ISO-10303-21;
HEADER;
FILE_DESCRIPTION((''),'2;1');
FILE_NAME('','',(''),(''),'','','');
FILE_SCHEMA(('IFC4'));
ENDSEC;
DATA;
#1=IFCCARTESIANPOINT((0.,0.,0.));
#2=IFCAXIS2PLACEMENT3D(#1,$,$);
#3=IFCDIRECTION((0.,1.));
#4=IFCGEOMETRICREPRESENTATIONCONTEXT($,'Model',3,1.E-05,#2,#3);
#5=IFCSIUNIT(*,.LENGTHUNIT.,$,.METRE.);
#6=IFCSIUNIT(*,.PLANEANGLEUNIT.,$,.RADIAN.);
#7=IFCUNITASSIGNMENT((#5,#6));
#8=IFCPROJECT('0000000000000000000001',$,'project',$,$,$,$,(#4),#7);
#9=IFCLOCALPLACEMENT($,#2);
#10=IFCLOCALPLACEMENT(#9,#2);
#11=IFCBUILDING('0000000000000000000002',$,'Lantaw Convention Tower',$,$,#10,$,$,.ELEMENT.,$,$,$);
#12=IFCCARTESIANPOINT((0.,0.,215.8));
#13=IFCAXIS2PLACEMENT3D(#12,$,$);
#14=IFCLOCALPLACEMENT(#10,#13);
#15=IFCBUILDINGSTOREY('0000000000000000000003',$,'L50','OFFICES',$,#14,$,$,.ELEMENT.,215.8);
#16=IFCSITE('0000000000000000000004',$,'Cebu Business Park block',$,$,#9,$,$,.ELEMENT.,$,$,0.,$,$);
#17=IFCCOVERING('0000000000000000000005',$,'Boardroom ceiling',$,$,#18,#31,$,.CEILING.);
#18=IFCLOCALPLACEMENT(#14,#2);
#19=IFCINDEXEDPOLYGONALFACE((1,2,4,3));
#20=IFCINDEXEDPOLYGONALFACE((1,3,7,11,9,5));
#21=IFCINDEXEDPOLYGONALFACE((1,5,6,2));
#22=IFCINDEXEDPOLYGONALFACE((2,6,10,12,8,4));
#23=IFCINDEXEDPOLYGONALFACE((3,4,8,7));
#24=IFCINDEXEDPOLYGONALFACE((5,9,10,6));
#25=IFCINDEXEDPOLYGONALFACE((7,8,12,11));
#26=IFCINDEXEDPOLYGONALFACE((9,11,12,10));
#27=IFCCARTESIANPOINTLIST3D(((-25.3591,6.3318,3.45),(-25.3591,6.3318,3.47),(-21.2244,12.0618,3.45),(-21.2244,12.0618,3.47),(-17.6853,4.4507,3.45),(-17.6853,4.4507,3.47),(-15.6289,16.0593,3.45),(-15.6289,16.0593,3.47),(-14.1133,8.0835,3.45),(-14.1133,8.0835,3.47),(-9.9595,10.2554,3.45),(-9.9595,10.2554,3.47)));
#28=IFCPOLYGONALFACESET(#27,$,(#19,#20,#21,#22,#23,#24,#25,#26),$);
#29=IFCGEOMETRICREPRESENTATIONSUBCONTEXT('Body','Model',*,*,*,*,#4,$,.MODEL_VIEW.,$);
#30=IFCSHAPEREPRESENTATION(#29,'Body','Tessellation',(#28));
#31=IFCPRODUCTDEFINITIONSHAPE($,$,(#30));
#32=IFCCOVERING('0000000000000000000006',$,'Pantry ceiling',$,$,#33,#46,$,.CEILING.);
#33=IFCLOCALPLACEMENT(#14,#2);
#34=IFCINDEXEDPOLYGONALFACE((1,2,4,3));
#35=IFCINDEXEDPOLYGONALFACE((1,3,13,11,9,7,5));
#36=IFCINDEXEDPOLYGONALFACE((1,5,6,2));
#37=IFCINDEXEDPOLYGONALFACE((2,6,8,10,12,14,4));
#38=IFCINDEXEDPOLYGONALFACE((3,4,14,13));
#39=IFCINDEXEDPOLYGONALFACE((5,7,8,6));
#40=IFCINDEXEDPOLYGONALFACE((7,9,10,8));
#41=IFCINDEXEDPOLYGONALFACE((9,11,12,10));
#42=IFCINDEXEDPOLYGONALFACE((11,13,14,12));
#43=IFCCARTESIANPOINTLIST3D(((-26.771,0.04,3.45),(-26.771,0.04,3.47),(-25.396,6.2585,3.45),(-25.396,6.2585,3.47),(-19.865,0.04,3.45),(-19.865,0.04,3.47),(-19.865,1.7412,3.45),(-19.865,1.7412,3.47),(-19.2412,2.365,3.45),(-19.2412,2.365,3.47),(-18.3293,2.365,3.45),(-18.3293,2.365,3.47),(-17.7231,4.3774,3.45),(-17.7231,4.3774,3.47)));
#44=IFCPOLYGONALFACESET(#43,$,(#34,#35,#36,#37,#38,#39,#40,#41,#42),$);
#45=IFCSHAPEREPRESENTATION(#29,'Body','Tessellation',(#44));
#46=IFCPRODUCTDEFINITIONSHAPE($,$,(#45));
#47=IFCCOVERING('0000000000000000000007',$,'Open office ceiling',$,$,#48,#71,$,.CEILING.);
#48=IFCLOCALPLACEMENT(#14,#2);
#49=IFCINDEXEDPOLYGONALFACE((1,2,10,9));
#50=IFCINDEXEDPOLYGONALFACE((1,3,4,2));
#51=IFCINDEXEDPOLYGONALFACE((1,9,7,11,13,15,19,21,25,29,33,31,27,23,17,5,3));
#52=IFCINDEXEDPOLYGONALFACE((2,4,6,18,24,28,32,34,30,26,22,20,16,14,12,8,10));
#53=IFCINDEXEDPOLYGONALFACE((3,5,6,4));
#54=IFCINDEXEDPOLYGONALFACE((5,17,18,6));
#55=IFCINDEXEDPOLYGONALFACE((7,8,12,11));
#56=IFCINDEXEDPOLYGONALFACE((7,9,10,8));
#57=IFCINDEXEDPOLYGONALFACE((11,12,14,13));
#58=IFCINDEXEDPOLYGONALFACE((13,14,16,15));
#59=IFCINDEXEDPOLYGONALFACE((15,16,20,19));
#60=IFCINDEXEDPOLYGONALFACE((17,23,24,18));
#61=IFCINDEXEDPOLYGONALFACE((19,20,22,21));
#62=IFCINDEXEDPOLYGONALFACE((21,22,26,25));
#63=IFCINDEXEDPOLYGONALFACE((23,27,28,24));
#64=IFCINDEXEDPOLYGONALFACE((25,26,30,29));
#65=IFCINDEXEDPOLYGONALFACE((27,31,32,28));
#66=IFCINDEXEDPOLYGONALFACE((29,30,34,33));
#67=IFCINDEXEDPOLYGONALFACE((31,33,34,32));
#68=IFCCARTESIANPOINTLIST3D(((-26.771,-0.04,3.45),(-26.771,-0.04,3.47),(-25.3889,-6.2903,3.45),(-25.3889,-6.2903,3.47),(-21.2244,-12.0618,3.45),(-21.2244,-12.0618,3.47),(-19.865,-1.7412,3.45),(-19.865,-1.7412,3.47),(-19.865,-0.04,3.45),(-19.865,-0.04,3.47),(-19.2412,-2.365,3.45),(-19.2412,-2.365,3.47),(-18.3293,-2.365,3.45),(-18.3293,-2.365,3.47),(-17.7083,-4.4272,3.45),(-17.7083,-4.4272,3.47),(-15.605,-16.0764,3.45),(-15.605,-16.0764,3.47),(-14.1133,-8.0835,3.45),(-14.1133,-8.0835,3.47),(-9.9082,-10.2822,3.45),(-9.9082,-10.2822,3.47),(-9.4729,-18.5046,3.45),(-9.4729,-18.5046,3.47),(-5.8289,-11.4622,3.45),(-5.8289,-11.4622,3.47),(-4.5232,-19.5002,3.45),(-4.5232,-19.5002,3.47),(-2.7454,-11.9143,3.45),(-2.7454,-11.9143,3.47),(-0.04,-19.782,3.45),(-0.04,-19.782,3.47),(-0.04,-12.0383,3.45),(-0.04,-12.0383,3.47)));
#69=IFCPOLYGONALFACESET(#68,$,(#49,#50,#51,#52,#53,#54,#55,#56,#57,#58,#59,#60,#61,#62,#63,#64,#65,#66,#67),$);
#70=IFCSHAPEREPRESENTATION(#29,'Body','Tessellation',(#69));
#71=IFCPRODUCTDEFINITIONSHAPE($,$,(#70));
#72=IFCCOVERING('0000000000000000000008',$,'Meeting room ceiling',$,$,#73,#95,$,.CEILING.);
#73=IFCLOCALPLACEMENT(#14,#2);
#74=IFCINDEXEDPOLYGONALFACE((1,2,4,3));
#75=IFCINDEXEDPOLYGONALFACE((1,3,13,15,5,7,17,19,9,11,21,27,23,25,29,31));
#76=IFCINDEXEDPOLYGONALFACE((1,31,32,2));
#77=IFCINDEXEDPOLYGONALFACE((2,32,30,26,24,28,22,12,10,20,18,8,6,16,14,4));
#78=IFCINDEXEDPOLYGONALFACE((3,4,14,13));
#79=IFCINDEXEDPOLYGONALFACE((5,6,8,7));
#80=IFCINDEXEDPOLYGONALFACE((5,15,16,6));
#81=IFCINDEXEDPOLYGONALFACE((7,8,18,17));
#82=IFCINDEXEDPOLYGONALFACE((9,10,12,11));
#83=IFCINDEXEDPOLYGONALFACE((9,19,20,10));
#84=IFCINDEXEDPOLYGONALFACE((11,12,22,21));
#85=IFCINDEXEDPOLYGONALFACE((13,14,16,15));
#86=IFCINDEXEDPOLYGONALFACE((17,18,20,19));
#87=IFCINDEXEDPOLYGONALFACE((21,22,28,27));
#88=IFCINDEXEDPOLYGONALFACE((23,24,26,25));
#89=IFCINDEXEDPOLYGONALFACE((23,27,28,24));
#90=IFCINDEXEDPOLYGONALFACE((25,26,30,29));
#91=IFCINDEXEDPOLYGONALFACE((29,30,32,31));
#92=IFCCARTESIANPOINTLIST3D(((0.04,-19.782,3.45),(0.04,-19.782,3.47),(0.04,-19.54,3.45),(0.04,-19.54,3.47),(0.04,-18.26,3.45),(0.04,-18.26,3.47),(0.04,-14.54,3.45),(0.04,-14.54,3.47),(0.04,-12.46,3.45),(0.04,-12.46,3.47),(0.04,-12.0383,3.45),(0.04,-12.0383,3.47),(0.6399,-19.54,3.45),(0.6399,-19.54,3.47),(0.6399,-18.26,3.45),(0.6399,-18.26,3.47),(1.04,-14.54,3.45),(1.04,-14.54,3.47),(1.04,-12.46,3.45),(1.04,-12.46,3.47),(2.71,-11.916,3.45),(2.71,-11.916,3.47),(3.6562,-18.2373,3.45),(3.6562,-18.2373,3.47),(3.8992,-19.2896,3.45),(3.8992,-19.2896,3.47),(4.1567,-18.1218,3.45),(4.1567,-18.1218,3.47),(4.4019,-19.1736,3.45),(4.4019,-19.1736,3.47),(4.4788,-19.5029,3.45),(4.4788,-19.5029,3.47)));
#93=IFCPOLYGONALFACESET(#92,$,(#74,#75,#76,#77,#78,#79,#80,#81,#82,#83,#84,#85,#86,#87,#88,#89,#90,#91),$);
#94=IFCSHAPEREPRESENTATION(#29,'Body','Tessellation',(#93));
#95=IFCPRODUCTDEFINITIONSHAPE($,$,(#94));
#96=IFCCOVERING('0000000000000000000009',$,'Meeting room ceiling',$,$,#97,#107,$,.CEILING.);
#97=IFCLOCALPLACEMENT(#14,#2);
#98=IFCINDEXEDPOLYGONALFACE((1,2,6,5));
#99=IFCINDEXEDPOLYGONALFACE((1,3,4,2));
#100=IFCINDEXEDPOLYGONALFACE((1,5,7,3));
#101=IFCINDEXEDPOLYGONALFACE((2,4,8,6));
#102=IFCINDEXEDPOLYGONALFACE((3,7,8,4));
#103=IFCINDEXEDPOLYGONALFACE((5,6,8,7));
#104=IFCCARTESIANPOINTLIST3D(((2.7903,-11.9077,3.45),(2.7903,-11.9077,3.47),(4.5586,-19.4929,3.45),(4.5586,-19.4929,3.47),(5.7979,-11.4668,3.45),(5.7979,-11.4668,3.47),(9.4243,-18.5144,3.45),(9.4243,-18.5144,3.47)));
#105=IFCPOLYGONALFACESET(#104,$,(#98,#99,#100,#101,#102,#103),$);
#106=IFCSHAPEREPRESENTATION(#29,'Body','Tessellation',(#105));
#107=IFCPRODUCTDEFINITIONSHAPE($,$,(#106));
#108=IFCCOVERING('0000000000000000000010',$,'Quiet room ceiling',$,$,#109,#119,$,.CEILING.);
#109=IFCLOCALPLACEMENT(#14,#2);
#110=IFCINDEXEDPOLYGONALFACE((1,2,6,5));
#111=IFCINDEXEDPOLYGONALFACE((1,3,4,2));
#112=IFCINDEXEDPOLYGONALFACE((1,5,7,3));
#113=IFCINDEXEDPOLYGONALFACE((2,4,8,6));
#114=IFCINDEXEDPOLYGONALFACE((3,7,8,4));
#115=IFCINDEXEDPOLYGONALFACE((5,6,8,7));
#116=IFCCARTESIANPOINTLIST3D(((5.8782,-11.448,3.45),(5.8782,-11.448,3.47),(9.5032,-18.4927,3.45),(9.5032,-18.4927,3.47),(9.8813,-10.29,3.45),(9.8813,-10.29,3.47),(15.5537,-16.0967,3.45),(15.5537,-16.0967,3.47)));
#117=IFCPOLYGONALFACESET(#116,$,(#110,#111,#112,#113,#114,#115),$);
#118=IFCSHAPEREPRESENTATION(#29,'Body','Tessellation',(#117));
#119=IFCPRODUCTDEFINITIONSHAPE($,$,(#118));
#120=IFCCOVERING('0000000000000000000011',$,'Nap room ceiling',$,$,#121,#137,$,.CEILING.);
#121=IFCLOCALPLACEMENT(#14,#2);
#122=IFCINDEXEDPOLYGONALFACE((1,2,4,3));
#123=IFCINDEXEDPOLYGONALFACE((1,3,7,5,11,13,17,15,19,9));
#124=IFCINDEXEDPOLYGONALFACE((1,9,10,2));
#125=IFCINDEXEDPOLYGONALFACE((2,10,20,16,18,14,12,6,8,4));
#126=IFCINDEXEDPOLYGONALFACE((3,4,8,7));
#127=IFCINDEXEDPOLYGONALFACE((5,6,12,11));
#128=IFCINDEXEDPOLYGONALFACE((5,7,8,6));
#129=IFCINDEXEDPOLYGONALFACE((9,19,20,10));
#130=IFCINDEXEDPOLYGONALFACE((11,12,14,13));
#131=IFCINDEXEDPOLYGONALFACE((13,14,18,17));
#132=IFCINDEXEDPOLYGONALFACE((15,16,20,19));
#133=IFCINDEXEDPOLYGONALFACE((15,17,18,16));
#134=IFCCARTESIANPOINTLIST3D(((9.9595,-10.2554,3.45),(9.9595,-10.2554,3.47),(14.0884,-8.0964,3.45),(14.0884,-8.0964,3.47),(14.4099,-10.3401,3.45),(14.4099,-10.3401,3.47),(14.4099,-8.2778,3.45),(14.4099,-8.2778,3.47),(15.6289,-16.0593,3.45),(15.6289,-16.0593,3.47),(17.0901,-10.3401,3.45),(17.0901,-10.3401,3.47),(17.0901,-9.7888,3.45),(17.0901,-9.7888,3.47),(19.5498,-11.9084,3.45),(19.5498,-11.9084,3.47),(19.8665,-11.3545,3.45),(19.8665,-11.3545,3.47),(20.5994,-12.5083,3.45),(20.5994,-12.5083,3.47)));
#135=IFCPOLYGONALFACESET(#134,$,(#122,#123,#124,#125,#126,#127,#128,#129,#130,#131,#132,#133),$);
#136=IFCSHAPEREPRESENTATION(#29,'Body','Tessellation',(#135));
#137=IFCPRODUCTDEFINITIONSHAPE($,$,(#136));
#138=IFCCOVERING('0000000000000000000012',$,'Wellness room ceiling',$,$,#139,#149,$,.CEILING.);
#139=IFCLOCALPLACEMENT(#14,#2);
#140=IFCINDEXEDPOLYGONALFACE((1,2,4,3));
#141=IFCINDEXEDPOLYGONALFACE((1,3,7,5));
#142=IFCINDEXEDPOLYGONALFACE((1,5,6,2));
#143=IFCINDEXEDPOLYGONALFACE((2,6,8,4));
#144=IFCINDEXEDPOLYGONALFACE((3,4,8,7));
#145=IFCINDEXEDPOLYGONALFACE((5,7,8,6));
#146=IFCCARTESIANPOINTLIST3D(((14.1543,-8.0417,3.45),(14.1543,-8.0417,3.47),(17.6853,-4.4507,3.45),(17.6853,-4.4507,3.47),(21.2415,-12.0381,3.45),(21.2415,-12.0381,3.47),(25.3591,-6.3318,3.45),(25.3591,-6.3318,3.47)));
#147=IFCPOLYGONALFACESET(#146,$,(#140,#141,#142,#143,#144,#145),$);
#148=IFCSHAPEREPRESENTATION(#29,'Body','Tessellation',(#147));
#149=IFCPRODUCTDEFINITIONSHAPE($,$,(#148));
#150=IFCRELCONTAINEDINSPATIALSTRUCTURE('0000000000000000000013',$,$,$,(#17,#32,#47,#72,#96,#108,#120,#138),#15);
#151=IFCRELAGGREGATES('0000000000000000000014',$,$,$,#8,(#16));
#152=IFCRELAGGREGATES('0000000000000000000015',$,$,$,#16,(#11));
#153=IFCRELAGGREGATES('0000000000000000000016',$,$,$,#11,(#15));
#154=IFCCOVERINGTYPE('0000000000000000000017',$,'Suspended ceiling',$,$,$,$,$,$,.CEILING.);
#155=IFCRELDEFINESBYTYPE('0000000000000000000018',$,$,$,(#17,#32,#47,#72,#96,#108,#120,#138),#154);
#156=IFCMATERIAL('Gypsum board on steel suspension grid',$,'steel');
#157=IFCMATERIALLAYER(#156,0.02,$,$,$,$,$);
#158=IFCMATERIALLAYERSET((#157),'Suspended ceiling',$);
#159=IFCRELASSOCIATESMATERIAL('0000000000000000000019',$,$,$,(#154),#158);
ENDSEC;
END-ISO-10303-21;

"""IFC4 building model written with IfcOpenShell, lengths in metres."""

from ifc_helpers import new_model, si_unit, direction, frame, origin, place, context, subcontext, project, spatial, polyline, outline, extrude, material, layer, layer_set, type_object, element, save


model = new_model("IFC4")

# Units and contexts
model_context = context("Model", 3, precision=1e-05, world=origin(), true_north=direction((0.0, 1.0)))
body_context = subcontext(model_context, "Body", "Model", "MODEL_VIEW")
ifc_project = project(units=[si_unit("LENGTHUNIT", "METRE"), si_unit("PLANEANGLEUNIT", "RADIAN")], contexts=[model_context])

# Site, building, storey
site_placement = place(None, origin())
site = spatial("IfcSite", under=ifc_project, at=site_placement, Name="Cebu Business Park block", CompositionType="ELEMENT", RefElevation=0.0)
building_placement = place(site_placement, origin())
building = spatial("IfcBuilding", under=site, at=building_placement, Name="Lantaw Convention Tower", CompositionType="ELEMENT")
storey_placement = place(building_placement, frame((0.0, 0.0, 215.8)))
storey = spatial("IfcBuildingStorey", under=building, at=storey_placement, Name="L50", Description="OFFICES", CompositionType="ELEMENT", Elevation=215.8)

# Coverings
ifc_material_1 = material(Name="Gypsum board on steel suspension grid", Category="steel")
ifc_layer_1 = layer(ifc_material_1, 0.02)
ifc_layer_set_1 = layer_set([ifc_layer_1], Name="Suspended ceiling")
covering_type = type_object("IfcCoveringType", Name="Suspended ceiling", PredefinedType="CEILING", material=ifc_layer_set_1)
covering_1_placement = place(storey_placement, frame((0.0, 0.0, 3.45)))
element("IfcCovering", 1, at=covering_1_placement, inside=storey, type_object=covering_type, Name="Boardroom ceiling", PredefinedType="CEILING", context=body_context, shape_type="SweptSolid", body=[
    extrude(outline(polyline([(-9.9595, 10.2554), (-15.6289, 16.0593), (-21.2244, 12.0618), (-25.3591, 6.3318), (-17.6853, 4.4507), (-14.1133, 8.0835), (-9.9595, 10.2554)])), origin(), (0.0, 0.0, 1.0), 0.02),
])
covering_2_placement = place(storey_placement, frame((0.0, 0.0, 3.45)))
element("IfcCovering", 2, at=covering_2_placement, inside=storey, type_object=covering_type, Name="Pantry ceiling", PredefinedType="CEILING", context=body_context, shape_type="SweptSolid", body=[
    extrude(outline(polyline([(-18.3293, 2.365), (-17.7231, 4.3774), (-25.396, 6.2585), (-26.771, 0.04), (-19.865, 0.04), (-19.865, 1.7412), (-19.2412, 2.365), (-18.3293, 2.365)])), origin(), (0.0, 0.0, 1.0), 0.02),
])
covering_3_placement = place(storey_placement, frame((0.0, 0.0, 3.45)))
element("IfcCovering", 3, at=covering_3_placement, inside=storey, type_object=covering_type, Name="Open office ceiling", PredefinedType="CEILING", context=body_context, shape_type="SweptSolid", body=[
    extrude(outline(polyline([(-17.7083, -4.4272), (-18.3293, -2.365), (-19.2412, -2.365), (-19.865, -1.7412), (-19.865, -0.04), (-26.771, -0.04), (-25.3889, -6.2903), (-21.2244, -12.0618), (-15.605, -16.0764), (-9.4729, -18.5046), (-4.5232, -19.5002), (-0.04, -19.782), (-0.04, -12.0383), (-2.7454, -11.9143), (-5.8289, -11.4622), (-9.9082, -10.2822), (-14.1133, -8.0835), (-17.7083, -4.4272)])), origin(), (0.0, 0.0, 1.0), 0.02),
])
covering_4_placement = place(storey_placement, frame((0.0, 0.0, 3.45)))
element("IfcCovering", 4, at=covering_4_placement, inside=storey, type_object=covering_type, Name="Meeting room ceiling", PredefinedType="CEILING", context=body_context, shape_type="SweptSolid", body=[
    extrude(outline(polyline([(2.71, -11.916), (0.04, -12.0383), (0.04, -12.46), (1.04, -12.46), (1.04, -14.54), (0.04, -14.54), (0.04, -18.26), (0.6399, -18.26), (0.6399, -19.54), (0.04, -19.54), (0.04, -19.782), (4.4788, -19.5029), (4.4019, -19.1736), (3.8992, -19.2896), (3.6562, -18.2373), (4.1567, -18.1218), (2.71, -11.916)])), origin(), (0.0, 0.0, 1.0), 0.02),
])
covering_5_placement = place(storey_placement, frame((0.0, 0.0, 3.45)))
element("IfcCovering", 5, at=covering_5_placement, inside=storey, type_object=covering_type, Name="Meeting room ceiling", PredefinedType="CEILING", context=body_context, shape_type="SweptSolid", body=[
    extrude(outline(polyline([(2.7903, -11.9077), (4.5586, -19.4929), (9.4243, -18.5144), (5.7979, -11.4668), (2.7903, -11.9077)])), origin(), (0.0, 0.0, 1.0), 0.02),
])
covering_6_placement = place(storey_placement, frame((0.0, 0.0, 3.45)))
element("IfcCovering", 6, at=covering_6_placement, inside=storey, type_object=covering_type, Name="Quiet room ceiling", PredefinedType="CEILING", context=body_context, shape_type="SweptSolid", body=[
    extrude(outline(polyline([(5.8782, -11.448), (9.5032, -18.4927), (15.5537, -16.0967), (9.8813, -10.29), (5.8782, -11.448)])), origin(), (0.0, 0.0, 1.0), 0.02),
])
covering_7_placement = place(storey_placement, frame((0.0, 0.0, 3.45)))
element("IfcCovering", 7, at=covering_7_placement, inside=storey, type_object=covering_type, Name="Nap room ceiling", PredefinedType="CEILING", context=body_context, shape_type="SweptSolid", body=[
    extrude(outline(polyline([(14.0884, -8.0964), (9.9595, -10.2554), (15.6289, -16.0593), (20.5994, -12.5083), (19.5498, -11.9084), (19.8665, -11.3545), (17.0901, -9.7888), (17.0901, -10.3401), (14.4099, -10.3401), (14.4099, -8.2778), (14.0884, -8.0964)])), origin(), (0.0, 0.0, 1.0), 0.02),
])
covering_8_placement = place(storey_placement, frame((0.0, 0.0, 3.45)))
element("IfcCovering", 8, at=covering_8_placement, inside=storey, type_object=covering_type, Name="Wellness room ceiling", PredefinedType="CEILING", context=body_context, shape_type="SweptSolid", body=[
    extrude(outline(polyline([(14.1543, -8.0417), (21.2415, -12.0381), (25.3591, -6.3318), (17.6853, -4.4507), (14.1543, -8.0417)])), origin(), (0.0, 0.0, 1.0), 0.02),
])

save(model, "model.ifc")
